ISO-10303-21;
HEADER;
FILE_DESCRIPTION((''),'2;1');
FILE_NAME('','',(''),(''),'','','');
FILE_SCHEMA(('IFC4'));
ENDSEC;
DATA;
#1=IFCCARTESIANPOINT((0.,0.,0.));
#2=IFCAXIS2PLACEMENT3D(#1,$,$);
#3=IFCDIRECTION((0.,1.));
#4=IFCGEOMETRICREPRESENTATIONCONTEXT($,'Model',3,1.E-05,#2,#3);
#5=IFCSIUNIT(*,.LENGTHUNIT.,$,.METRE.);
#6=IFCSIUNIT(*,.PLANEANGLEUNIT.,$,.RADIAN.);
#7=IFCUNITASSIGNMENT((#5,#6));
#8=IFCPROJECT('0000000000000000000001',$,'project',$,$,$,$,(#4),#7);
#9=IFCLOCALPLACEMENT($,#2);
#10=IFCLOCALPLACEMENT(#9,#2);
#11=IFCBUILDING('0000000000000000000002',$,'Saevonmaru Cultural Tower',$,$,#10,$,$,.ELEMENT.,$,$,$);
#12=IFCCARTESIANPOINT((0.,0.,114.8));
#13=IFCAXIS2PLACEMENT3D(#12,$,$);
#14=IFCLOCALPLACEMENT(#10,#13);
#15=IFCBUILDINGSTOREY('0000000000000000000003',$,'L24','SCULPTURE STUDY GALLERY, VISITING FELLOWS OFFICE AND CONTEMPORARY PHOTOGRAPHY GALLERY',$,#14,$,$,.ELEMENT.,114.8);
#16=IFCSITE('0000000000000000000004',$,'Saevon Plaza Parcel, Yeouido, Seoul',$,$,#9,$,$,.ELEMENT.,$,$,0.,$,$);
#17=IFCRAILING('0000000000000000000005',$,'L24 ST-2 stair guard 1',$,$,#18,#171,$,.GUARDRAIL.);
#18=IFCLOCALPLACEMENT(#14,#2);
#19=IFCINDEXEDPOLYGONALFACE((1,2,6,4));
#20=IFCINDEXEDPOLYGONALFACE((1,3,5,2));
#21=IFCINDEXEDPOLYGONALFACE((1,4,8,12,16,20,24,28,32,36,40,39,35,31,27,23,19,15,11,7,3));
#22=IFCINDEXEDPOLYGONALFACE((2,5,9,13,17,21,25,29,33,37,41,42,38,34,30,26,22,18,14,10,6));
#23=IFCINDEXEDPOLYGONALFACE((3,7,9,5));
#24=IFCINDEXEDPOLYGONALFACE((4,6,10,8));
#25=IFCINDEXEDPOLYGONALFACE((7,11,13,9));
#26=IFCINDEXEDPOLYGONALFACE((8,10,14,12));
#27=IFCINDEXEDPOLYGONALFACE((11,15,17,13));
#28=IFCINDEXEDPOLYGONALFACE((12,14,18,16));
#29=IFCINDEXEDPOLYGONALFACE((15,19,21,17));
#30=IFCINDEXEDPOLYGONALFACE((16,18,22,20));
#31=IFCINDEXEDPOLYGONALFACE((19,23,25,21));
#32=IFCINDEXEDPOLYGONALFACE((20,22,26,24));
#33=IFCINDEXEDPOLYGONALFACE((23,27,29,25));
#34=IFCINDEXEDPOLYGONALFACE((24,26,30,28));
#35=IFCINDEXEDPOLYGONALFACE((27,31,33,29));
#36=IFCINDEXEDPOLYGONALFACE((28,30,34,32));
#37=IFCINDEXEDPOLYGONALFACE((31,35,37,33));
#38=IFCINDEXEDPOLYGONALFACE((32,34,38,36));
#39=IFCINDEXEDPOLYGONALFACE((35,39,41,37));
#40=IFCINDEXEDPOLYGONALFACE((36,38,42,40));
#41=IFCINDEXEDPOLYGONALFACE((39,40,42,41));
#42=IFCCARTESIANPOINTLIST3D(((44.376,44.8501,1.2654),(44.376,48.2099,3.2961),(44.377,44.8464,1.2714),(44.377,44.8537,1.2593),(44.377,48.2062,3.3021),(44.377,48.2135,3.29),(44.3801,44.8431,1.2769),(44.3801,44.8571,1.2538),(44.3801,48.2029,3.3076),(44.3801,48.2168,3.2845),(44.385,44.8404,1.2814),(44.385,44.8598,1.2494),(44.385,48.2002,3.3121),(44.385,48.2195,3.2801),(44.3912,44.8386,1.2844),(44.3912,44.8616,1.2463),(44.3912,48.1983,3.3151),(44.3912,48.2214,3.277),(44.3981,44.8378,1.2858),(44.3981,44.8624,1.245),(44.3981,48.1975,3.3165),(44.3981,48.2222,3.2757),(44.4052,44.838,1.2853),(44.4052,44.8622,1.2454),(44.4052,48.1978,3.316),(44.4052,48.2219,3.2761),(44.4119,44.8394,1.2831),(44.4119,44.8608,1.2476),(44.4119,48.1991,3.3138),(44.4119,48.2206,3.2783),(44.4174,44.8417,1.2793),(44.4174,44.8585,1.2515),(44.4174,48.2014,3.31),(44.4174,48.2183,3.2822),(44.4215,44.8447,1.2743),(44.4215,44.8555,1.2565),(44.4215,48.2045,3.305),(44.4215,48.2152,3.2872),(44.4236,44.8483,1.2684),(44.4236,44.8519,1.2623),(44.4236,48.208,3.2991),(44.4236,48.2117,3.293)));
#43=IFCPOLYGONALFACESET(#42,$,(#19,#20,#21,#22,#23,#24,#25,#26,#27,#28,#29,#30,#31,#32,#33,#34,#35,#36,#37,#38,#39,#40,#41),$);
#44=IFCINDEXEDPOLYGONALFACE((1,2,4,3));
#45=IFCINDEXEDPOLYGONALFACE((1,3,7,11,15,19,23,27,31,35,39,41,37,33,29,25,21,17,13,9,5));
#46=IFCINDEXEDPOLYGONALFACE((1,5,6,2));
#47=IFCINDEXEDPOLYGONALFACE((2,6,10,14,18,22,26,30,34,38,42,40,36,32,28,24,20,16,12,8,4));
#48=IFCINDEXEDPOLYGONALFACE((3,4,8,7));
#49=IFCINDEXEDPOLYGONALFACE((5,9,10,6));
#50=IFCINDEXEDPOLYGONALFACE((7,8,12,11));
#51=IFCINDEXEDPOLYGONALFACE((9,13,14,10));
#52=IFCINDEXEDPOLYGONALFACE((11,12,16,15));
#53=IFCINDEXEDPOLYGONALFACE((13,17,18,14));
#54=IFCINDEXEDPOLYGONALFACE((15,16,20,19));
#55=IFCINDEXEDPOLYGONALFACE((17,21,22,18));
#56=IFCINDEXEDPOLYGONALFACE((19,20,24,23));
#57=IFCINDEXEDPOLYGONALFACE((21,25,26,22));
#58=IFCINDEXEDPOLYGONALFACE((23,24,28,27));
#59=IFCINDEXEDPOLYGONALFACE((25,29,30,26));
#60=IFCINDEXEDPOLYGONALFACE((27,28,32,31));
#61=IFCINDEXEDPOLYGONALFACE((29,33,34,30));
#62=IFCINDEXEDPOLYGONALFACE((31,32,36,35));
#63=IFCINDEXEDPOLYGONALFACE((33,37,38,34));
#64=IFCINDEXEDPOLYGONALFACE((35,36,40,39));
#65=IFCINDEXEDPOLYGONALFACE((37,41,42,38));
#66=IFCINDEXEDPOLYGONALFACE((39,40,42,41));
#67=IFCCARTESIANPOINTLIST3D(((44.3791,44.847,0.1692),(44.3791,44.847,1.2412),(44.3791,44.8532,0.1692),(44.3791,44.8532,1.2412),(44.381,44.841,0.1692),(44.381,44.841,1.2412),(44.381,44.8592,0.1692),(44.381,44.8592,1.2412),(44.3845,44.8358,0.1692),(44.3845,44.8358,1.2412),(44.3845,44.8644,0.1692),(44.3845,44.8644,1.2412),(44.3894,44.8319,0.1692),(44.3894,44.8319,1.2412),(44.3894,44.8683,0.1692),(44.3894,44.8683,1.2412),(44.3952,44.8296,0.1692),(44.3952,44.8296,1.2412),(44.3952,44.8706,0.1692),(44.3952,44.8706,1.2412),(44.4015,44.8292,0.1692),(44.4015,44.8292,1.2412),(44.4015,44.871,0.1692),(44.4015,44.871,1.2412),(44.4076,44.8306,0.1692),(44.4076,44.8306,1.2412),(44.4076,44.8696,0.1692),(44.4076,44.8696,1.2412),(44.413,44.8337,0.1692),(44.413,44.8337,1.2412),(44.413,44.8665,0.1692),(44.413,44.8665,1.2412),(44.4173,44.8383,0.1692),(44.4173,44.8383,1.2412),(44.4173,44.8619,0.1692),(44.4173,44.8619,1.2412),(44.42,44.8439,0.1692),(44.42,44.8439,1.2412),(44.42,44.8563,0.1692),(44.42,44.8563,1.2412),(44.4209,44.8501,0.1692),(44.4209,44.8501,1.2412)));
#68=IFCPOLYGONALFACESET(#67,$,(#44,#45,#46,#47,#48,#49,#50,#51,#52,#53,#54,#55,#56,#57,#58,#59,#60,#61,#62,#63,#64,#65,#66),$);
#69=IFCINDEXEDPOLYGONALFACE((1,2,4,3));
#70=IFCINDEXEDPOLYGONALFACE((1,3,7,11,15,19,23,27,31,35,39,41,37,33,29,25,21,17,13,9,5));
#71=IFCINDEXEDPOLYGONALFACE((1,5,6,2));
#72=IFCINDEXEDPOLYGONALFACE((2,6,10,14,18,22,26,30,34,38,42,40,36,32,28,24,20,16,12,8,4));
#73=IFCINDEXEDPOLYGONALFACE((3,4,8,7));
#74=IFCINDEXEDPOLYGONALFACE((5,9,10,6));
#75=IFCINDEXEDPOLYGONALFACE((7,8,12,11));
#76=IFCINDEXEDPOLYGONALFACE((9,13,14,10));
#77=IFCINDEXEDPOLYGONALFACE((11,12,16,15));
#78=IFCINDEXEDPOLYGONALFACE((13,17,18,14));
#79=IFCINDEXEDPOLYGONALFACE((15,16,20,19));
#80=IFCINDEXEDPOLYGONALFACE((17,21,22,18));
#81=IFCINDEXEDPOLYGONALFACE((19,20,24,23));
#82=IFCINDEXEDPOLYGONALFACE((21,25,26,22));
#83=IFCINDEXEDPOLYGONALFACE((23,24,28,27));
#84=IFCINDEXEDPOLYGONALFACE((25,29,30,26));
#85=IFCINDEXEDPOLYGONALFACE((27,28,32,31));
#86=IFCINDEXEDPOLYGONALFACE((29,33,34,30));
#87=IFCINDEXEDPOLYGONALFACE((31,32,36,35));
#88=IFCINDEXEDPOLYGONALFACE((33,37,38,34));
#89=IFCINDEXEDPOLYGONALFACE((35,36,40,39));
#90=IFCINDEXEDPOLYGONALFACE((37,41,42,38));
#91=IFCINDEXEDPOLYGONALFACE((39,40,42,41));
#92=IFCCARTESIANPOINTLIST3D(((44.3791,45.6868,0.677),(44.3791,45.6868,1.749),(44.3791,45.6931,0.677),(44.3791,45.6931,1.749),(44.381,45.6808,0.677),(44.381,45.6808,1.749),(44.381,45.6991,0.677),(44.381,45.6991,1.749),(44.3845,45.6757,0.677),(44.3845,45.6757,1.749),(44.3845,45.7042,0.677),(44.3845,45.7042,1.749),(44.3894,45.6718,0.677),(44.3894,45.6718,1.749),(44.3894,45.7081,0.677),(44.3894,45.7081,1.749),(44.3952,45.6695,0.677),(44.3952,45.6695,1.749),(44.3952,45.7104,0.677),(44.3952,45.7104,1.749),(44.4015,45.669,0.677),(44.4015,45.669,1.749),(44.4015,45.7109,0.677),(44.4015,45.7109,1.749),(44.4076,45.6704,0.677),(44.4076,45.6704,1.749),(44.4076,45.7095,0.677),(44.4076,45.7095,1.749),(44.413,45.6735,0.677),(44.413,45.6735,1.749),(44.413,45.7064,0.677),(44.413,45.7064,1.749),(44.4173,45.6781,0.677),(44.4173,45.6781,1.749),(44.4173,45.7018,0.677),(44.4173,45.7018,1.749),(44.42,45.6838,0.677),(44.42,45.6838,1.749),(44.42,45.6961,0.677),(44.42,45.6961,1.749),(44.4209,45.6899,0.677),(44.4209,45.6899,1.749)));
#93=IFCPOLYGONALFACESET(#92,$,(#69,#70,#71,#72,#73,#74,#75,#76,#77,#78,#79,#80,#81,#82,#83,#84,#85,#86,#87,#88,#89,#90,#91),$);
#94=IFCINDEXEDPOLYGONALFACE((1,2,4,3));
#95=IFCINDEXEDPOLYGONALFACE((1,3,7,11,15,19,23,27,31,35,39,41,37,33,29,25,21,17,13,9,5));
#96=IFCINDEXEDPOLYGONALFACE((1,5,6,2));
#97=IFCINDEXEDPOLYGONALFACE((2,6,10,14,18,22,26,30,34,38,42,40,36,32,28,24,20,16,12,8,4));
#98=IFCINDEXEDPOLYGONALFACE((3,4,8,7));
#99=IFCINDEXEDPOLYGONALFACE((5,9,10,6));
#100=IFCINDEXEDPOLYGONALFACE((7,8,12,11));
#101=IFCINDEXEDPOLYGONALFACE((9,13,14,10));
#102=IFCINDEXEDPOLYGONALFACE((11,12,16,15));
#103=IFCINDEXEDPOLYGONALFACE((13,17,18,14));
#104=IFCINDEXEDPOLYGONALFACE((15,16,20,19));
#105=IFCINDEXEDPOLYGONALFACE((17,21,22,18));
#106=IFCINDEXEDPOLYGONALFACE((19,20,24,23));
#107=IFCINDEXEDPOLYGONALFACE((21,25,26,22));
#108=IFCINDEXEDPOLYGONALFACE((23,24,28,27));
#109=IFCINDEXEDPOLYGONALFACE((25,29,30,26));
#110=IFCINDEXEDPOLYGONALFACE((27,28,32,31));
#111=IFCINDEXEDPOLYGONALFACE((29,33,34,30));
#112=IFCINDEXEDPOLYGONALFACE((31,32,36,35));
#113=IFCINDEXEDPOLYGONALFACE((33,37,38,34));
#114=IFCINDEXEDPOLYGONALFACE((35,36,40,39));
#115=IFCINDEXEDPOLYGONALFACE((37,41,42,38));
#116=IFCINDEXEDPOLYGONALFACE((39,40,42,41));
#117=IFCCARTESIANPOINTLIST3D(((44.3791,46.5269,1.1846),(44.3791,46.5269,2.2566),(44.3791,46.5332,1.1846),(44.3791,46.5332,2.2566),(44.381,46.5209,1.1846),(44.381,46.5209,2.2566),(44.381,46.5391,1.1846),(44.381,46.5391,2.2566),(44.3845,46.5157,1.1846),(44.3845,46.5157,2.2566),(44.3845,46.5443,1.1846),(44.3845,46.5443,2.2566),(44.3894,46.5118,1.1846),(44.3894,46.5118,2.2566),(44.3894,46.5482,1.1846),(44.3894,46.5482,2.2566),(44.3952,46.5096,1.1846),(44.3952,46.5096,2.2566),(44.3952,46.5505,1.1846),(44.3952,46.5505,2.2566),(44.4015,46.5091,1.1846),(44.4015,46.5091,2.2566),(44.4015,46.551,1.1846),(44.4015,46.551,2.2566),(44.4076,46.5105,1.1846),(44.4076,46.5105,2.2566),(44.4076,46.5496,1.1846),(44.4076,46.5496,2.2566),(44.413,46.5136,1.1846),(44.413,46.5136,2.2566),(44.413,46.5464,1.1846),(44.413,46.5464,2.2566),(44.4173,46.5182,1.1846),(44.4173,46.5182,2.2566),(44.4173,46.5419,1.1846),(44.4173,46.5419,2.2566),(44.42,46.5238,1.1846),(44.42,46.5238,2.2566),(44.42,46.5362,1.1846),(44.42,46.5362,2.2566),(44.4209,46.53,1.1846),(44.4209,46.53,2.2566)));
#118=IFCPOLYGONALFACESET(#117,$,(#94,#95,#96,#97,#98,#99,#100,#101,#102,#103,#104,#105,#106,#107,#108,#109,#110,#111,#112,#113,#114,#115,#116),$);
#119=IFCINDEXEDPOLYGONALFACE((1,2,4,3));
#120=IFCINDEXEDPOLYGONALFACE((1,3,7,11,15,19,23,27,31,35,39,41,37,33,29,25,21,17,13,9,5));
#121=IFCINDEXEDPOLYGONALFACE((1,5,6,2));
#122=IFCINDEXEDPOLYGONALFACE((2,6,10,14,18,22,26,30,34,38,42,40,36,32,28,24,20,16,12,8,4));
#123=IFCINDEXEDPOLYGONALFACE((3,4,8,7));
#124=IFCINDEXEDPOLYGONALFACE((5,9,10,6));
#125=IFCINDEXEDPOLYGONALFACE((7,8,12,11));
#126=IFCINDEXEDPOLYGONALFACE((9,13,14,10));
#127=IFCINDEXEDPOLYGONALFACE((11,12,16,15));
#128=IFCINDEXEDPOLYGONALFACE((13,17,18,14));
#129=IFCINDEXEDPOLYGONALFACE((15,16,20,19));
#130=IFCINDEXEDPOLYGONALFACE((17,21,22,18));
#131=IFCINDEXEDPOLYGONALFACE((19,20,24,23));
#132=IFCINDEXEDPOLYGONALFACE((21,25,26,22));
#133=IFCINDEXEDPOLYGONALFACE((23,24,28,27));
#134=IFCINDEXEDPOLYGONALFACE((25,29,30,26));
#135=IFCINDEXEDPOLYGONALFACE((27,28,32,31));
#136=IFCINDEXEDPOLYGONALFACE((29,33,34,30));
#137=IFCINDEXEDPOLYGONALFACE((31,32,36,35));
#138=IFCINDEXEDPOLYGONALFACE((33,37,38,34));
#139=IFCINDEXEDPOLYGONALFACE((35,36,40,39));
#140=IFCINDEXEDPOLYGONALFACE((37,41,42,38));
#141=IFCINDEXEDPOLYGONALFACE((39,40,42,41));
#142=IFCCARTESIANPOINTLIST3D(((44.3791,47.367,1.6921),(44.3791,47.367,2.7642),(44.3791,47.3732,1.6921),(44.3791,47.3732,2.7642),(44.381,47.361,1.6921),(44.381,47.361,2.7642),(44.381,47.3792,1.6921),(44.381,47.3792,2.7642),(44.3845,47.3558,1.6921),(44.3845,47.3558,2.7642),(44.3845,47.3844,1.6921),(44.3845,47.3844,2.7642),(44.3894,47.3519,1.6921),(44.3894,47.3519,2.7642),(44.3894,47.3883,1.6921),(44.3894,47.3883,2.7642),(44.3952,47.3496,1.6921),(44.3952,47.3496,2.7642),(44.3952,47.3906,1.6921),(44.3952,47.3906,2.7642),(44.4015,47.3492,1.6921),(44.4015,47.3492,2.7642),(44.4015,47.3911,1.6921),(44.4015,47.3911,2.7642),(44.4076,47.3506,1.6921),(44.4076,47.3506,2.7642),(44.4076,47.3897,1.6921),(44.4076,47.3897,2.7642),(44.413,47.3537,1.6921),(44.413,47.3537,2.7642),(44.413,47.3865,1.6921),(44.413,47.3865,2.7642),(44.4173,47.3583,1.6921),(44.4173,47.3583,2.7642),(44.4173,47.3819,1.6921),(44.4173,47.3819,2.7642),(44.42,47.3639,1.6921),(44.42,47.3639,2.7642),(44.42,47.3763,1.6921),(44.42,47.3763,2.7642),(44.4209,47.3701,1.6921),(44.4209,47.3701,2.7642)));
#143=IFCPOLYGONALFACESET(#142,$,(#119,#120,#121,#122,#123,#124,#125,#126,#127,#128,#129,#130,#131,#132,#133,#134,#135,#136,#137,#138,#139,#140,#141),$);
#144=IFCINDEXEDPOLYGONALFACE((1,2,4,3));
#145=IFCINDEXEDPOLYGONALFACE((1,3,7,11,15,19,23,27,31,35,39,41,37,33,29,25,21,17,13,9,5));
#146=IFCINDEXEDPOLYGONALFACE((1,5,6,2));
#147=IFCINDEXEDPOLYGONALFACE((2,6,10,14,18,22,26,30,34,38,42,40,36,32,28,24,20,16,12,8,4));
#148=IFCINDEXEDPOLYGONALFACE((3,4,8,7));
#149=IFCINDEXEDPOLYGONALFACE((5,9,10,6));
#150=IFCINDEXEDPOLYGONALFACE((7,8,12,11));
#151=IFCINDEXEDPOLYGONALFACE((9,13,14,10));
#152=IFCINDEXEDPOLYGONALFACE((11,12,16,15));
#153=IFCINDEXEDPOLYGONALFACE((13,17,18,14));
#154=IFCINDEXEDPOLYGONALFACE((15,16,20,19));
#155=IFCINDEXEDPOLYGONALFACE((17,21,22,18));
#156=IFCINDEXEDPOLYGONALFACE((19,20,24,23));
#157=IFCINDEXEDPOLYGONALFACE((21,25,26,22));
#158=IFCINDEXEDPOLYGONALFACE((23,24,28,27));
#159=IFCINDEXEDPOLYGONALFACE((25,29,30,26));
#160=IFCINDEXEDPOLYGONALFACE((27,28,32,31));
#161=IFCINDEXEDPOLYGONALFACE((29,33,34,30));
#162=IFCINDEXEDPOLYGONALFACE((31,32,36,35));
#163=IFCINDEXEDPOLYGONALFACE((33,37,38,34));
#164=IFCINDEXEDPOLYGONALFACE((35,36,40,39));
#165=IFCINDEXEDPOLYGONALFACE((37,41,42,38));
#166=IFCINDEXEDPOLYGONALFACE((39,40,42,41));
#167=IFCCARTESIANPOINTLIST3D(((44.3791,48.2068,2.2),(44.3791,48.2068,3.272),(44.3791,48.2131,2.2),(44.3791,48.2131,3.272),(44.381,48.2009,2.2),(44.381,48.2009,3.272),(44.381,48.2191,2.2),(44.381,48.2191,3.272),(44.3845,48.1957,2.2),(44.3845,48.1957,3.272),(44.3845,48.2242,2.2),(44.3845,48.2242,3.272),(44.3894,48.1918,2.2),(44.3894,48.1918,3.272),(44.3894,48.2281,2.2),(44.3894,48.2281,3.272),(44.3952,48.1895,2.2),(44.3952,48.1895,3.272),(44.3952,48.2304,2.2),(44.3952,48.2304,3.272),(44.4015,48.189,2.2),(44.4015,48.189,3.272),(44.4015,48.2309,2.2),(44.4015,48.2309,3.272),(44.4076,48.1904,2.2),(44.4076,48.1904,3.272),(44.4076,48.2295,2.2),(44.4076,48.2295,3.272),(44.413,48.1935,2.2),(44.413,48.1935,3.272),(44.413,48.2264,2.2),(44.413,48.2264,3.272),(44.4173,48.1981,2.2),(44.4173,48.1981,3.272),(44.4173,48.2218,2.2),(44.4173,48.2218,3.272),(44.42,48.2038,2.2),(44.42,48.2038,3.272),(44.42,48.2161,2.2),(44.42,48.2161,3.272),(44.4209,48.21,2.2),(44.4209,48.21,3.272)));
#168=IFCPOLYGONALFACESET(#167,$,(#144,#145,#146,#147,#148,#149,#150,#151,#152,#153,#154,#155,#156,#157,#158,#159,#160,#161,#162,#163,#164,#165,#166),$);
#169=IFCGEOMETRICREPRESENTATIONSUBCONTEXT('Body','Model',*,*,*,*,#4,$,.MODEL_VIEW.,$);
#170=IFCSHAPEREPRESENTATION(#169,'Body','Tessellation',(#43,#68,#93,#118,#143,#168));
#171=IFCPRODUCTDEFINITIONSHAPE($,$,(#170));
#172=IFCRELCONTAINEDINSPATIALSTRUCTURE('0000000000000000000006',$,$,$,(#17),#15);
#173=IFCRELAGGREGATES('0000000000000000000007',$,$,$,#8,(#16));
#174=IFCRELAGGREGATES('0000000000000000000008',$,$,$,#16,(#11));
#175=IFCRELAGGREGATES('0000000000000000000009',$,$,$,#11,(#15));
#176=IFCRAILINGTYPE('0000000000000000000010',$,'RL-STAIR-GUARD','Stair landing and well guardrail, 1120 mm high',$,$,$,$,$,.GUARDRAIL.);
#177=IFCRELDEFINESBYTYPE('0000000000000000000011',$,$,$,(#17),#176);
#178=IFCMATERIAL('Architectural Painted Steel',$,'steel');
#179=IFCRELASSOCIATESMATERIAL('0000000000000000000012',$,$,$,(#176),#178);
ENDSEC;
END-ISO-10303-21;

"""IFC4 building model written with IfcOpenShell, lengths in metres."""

from ifc_helpers import new_model, si_unit, direction, frame, origin, origin_2d, place, context, subcontext, project, spatial, circle, extrude, material, type_object, element, save


model = new_model("IFC4")

# Units and contexts
model_context = context("Model", 3, precision=1e-05, world=origin(), true_north=direction((0.0, 1.0)))
body_context = subcontext(model_context, "Body", "Model", "MODEL_VIEW")
ifc_project = project(units=[si_unit("LENGTHUNIT", "METRE"), si_unit("PLANEANGLEUNIT", "RADIAN")], contexts=[model_context])

# Site, building, storey
site_placement = place(None, origin())
site = spatial("IfcSite", under=ifc_project, at=site_placement, Name="Saevon Plaza Parcel, Yeouido, Seoul", CompositionType="ELEMENT", RefElevation=0.0)
building_placement = place(site_placement, origin())
building = spatial("IfcBuilding", under=site, at=building_placement, Name="Saevonmaru Cultural Tower", CompositionType="ELEMENT")
storey_placement = place(building_placement, frame((0.0, 0.0, 114.8)))
storey = spatial("IfcBuildingStorey", under=building, at=storey_placement, Name="L24", Description="SCULPTURE STUDY GALLERY, VISITING FELLOWS OFFICE AND CONTEMPORARY PHOTOGRAPHY GALLERY", CompositionType="ELEMENT", Elevation=114.8)

# Railing
ifc_material_1 = material(Name="Architectural Painted Steel", Category="steel")
railing_type_1 = type_object("IfcRailingType", Name="RL-STAIR-GUARD", Description="Stair landing and well guardrail, 1120 mm high", PredefinedType="GUARDRAIL", material=ifc_material_1)
railing_1_placement = place(storey_placement, frame((44.3999, 44.8501, 0.1692)))
element("IfcRailing", 1, at=railing_1_placement, inside=storey, type_object=railing_type_1, Name="L24 ST-2 stair guard 1", PredefinedType="GUARDRAIL", context=body_context, shape_type="SweptSolid", body=[
    extrude(circle(Radius=0.0239, at=origin_2d()), frame((0.0, 0.0, 1.0962), z_axis=(0.0, 0.85582, 0.517273), x_axis=(-1.0, 0.0, 0.0)), (0.0, 0.0, 1.0), 3.9258),
    extrude(circle(Radius=0.021, at=origin_2d()), origin(), (0.0, 0.0, 1.0), 1.072),
    extrude(circle(Radius=0.021, at=origin_2d()), frame((0.0, 0.8398, 0.5078)), (0.0, 0.0, 1.0), 1.072),
    extrude(circle(Radius=0.021, at=origin_2d()), frame((0.0, 1.6799, 1.0154)), (0.0, 0.0, 1.0), 1.072),
    extrude(circle(Radius=0.021, at=origin_2d()), frame((0.0, 2.52, 1.5229)), (0.0, 0.0, 1.0), 1.072),
    extrude(circle(Radius=0.021, at=origin_2d()), frame((0.0, 3.3599, 2.0308)), (0.0, 0.0, 1.0), 1.072),
])

save(model, "model.ifc")
